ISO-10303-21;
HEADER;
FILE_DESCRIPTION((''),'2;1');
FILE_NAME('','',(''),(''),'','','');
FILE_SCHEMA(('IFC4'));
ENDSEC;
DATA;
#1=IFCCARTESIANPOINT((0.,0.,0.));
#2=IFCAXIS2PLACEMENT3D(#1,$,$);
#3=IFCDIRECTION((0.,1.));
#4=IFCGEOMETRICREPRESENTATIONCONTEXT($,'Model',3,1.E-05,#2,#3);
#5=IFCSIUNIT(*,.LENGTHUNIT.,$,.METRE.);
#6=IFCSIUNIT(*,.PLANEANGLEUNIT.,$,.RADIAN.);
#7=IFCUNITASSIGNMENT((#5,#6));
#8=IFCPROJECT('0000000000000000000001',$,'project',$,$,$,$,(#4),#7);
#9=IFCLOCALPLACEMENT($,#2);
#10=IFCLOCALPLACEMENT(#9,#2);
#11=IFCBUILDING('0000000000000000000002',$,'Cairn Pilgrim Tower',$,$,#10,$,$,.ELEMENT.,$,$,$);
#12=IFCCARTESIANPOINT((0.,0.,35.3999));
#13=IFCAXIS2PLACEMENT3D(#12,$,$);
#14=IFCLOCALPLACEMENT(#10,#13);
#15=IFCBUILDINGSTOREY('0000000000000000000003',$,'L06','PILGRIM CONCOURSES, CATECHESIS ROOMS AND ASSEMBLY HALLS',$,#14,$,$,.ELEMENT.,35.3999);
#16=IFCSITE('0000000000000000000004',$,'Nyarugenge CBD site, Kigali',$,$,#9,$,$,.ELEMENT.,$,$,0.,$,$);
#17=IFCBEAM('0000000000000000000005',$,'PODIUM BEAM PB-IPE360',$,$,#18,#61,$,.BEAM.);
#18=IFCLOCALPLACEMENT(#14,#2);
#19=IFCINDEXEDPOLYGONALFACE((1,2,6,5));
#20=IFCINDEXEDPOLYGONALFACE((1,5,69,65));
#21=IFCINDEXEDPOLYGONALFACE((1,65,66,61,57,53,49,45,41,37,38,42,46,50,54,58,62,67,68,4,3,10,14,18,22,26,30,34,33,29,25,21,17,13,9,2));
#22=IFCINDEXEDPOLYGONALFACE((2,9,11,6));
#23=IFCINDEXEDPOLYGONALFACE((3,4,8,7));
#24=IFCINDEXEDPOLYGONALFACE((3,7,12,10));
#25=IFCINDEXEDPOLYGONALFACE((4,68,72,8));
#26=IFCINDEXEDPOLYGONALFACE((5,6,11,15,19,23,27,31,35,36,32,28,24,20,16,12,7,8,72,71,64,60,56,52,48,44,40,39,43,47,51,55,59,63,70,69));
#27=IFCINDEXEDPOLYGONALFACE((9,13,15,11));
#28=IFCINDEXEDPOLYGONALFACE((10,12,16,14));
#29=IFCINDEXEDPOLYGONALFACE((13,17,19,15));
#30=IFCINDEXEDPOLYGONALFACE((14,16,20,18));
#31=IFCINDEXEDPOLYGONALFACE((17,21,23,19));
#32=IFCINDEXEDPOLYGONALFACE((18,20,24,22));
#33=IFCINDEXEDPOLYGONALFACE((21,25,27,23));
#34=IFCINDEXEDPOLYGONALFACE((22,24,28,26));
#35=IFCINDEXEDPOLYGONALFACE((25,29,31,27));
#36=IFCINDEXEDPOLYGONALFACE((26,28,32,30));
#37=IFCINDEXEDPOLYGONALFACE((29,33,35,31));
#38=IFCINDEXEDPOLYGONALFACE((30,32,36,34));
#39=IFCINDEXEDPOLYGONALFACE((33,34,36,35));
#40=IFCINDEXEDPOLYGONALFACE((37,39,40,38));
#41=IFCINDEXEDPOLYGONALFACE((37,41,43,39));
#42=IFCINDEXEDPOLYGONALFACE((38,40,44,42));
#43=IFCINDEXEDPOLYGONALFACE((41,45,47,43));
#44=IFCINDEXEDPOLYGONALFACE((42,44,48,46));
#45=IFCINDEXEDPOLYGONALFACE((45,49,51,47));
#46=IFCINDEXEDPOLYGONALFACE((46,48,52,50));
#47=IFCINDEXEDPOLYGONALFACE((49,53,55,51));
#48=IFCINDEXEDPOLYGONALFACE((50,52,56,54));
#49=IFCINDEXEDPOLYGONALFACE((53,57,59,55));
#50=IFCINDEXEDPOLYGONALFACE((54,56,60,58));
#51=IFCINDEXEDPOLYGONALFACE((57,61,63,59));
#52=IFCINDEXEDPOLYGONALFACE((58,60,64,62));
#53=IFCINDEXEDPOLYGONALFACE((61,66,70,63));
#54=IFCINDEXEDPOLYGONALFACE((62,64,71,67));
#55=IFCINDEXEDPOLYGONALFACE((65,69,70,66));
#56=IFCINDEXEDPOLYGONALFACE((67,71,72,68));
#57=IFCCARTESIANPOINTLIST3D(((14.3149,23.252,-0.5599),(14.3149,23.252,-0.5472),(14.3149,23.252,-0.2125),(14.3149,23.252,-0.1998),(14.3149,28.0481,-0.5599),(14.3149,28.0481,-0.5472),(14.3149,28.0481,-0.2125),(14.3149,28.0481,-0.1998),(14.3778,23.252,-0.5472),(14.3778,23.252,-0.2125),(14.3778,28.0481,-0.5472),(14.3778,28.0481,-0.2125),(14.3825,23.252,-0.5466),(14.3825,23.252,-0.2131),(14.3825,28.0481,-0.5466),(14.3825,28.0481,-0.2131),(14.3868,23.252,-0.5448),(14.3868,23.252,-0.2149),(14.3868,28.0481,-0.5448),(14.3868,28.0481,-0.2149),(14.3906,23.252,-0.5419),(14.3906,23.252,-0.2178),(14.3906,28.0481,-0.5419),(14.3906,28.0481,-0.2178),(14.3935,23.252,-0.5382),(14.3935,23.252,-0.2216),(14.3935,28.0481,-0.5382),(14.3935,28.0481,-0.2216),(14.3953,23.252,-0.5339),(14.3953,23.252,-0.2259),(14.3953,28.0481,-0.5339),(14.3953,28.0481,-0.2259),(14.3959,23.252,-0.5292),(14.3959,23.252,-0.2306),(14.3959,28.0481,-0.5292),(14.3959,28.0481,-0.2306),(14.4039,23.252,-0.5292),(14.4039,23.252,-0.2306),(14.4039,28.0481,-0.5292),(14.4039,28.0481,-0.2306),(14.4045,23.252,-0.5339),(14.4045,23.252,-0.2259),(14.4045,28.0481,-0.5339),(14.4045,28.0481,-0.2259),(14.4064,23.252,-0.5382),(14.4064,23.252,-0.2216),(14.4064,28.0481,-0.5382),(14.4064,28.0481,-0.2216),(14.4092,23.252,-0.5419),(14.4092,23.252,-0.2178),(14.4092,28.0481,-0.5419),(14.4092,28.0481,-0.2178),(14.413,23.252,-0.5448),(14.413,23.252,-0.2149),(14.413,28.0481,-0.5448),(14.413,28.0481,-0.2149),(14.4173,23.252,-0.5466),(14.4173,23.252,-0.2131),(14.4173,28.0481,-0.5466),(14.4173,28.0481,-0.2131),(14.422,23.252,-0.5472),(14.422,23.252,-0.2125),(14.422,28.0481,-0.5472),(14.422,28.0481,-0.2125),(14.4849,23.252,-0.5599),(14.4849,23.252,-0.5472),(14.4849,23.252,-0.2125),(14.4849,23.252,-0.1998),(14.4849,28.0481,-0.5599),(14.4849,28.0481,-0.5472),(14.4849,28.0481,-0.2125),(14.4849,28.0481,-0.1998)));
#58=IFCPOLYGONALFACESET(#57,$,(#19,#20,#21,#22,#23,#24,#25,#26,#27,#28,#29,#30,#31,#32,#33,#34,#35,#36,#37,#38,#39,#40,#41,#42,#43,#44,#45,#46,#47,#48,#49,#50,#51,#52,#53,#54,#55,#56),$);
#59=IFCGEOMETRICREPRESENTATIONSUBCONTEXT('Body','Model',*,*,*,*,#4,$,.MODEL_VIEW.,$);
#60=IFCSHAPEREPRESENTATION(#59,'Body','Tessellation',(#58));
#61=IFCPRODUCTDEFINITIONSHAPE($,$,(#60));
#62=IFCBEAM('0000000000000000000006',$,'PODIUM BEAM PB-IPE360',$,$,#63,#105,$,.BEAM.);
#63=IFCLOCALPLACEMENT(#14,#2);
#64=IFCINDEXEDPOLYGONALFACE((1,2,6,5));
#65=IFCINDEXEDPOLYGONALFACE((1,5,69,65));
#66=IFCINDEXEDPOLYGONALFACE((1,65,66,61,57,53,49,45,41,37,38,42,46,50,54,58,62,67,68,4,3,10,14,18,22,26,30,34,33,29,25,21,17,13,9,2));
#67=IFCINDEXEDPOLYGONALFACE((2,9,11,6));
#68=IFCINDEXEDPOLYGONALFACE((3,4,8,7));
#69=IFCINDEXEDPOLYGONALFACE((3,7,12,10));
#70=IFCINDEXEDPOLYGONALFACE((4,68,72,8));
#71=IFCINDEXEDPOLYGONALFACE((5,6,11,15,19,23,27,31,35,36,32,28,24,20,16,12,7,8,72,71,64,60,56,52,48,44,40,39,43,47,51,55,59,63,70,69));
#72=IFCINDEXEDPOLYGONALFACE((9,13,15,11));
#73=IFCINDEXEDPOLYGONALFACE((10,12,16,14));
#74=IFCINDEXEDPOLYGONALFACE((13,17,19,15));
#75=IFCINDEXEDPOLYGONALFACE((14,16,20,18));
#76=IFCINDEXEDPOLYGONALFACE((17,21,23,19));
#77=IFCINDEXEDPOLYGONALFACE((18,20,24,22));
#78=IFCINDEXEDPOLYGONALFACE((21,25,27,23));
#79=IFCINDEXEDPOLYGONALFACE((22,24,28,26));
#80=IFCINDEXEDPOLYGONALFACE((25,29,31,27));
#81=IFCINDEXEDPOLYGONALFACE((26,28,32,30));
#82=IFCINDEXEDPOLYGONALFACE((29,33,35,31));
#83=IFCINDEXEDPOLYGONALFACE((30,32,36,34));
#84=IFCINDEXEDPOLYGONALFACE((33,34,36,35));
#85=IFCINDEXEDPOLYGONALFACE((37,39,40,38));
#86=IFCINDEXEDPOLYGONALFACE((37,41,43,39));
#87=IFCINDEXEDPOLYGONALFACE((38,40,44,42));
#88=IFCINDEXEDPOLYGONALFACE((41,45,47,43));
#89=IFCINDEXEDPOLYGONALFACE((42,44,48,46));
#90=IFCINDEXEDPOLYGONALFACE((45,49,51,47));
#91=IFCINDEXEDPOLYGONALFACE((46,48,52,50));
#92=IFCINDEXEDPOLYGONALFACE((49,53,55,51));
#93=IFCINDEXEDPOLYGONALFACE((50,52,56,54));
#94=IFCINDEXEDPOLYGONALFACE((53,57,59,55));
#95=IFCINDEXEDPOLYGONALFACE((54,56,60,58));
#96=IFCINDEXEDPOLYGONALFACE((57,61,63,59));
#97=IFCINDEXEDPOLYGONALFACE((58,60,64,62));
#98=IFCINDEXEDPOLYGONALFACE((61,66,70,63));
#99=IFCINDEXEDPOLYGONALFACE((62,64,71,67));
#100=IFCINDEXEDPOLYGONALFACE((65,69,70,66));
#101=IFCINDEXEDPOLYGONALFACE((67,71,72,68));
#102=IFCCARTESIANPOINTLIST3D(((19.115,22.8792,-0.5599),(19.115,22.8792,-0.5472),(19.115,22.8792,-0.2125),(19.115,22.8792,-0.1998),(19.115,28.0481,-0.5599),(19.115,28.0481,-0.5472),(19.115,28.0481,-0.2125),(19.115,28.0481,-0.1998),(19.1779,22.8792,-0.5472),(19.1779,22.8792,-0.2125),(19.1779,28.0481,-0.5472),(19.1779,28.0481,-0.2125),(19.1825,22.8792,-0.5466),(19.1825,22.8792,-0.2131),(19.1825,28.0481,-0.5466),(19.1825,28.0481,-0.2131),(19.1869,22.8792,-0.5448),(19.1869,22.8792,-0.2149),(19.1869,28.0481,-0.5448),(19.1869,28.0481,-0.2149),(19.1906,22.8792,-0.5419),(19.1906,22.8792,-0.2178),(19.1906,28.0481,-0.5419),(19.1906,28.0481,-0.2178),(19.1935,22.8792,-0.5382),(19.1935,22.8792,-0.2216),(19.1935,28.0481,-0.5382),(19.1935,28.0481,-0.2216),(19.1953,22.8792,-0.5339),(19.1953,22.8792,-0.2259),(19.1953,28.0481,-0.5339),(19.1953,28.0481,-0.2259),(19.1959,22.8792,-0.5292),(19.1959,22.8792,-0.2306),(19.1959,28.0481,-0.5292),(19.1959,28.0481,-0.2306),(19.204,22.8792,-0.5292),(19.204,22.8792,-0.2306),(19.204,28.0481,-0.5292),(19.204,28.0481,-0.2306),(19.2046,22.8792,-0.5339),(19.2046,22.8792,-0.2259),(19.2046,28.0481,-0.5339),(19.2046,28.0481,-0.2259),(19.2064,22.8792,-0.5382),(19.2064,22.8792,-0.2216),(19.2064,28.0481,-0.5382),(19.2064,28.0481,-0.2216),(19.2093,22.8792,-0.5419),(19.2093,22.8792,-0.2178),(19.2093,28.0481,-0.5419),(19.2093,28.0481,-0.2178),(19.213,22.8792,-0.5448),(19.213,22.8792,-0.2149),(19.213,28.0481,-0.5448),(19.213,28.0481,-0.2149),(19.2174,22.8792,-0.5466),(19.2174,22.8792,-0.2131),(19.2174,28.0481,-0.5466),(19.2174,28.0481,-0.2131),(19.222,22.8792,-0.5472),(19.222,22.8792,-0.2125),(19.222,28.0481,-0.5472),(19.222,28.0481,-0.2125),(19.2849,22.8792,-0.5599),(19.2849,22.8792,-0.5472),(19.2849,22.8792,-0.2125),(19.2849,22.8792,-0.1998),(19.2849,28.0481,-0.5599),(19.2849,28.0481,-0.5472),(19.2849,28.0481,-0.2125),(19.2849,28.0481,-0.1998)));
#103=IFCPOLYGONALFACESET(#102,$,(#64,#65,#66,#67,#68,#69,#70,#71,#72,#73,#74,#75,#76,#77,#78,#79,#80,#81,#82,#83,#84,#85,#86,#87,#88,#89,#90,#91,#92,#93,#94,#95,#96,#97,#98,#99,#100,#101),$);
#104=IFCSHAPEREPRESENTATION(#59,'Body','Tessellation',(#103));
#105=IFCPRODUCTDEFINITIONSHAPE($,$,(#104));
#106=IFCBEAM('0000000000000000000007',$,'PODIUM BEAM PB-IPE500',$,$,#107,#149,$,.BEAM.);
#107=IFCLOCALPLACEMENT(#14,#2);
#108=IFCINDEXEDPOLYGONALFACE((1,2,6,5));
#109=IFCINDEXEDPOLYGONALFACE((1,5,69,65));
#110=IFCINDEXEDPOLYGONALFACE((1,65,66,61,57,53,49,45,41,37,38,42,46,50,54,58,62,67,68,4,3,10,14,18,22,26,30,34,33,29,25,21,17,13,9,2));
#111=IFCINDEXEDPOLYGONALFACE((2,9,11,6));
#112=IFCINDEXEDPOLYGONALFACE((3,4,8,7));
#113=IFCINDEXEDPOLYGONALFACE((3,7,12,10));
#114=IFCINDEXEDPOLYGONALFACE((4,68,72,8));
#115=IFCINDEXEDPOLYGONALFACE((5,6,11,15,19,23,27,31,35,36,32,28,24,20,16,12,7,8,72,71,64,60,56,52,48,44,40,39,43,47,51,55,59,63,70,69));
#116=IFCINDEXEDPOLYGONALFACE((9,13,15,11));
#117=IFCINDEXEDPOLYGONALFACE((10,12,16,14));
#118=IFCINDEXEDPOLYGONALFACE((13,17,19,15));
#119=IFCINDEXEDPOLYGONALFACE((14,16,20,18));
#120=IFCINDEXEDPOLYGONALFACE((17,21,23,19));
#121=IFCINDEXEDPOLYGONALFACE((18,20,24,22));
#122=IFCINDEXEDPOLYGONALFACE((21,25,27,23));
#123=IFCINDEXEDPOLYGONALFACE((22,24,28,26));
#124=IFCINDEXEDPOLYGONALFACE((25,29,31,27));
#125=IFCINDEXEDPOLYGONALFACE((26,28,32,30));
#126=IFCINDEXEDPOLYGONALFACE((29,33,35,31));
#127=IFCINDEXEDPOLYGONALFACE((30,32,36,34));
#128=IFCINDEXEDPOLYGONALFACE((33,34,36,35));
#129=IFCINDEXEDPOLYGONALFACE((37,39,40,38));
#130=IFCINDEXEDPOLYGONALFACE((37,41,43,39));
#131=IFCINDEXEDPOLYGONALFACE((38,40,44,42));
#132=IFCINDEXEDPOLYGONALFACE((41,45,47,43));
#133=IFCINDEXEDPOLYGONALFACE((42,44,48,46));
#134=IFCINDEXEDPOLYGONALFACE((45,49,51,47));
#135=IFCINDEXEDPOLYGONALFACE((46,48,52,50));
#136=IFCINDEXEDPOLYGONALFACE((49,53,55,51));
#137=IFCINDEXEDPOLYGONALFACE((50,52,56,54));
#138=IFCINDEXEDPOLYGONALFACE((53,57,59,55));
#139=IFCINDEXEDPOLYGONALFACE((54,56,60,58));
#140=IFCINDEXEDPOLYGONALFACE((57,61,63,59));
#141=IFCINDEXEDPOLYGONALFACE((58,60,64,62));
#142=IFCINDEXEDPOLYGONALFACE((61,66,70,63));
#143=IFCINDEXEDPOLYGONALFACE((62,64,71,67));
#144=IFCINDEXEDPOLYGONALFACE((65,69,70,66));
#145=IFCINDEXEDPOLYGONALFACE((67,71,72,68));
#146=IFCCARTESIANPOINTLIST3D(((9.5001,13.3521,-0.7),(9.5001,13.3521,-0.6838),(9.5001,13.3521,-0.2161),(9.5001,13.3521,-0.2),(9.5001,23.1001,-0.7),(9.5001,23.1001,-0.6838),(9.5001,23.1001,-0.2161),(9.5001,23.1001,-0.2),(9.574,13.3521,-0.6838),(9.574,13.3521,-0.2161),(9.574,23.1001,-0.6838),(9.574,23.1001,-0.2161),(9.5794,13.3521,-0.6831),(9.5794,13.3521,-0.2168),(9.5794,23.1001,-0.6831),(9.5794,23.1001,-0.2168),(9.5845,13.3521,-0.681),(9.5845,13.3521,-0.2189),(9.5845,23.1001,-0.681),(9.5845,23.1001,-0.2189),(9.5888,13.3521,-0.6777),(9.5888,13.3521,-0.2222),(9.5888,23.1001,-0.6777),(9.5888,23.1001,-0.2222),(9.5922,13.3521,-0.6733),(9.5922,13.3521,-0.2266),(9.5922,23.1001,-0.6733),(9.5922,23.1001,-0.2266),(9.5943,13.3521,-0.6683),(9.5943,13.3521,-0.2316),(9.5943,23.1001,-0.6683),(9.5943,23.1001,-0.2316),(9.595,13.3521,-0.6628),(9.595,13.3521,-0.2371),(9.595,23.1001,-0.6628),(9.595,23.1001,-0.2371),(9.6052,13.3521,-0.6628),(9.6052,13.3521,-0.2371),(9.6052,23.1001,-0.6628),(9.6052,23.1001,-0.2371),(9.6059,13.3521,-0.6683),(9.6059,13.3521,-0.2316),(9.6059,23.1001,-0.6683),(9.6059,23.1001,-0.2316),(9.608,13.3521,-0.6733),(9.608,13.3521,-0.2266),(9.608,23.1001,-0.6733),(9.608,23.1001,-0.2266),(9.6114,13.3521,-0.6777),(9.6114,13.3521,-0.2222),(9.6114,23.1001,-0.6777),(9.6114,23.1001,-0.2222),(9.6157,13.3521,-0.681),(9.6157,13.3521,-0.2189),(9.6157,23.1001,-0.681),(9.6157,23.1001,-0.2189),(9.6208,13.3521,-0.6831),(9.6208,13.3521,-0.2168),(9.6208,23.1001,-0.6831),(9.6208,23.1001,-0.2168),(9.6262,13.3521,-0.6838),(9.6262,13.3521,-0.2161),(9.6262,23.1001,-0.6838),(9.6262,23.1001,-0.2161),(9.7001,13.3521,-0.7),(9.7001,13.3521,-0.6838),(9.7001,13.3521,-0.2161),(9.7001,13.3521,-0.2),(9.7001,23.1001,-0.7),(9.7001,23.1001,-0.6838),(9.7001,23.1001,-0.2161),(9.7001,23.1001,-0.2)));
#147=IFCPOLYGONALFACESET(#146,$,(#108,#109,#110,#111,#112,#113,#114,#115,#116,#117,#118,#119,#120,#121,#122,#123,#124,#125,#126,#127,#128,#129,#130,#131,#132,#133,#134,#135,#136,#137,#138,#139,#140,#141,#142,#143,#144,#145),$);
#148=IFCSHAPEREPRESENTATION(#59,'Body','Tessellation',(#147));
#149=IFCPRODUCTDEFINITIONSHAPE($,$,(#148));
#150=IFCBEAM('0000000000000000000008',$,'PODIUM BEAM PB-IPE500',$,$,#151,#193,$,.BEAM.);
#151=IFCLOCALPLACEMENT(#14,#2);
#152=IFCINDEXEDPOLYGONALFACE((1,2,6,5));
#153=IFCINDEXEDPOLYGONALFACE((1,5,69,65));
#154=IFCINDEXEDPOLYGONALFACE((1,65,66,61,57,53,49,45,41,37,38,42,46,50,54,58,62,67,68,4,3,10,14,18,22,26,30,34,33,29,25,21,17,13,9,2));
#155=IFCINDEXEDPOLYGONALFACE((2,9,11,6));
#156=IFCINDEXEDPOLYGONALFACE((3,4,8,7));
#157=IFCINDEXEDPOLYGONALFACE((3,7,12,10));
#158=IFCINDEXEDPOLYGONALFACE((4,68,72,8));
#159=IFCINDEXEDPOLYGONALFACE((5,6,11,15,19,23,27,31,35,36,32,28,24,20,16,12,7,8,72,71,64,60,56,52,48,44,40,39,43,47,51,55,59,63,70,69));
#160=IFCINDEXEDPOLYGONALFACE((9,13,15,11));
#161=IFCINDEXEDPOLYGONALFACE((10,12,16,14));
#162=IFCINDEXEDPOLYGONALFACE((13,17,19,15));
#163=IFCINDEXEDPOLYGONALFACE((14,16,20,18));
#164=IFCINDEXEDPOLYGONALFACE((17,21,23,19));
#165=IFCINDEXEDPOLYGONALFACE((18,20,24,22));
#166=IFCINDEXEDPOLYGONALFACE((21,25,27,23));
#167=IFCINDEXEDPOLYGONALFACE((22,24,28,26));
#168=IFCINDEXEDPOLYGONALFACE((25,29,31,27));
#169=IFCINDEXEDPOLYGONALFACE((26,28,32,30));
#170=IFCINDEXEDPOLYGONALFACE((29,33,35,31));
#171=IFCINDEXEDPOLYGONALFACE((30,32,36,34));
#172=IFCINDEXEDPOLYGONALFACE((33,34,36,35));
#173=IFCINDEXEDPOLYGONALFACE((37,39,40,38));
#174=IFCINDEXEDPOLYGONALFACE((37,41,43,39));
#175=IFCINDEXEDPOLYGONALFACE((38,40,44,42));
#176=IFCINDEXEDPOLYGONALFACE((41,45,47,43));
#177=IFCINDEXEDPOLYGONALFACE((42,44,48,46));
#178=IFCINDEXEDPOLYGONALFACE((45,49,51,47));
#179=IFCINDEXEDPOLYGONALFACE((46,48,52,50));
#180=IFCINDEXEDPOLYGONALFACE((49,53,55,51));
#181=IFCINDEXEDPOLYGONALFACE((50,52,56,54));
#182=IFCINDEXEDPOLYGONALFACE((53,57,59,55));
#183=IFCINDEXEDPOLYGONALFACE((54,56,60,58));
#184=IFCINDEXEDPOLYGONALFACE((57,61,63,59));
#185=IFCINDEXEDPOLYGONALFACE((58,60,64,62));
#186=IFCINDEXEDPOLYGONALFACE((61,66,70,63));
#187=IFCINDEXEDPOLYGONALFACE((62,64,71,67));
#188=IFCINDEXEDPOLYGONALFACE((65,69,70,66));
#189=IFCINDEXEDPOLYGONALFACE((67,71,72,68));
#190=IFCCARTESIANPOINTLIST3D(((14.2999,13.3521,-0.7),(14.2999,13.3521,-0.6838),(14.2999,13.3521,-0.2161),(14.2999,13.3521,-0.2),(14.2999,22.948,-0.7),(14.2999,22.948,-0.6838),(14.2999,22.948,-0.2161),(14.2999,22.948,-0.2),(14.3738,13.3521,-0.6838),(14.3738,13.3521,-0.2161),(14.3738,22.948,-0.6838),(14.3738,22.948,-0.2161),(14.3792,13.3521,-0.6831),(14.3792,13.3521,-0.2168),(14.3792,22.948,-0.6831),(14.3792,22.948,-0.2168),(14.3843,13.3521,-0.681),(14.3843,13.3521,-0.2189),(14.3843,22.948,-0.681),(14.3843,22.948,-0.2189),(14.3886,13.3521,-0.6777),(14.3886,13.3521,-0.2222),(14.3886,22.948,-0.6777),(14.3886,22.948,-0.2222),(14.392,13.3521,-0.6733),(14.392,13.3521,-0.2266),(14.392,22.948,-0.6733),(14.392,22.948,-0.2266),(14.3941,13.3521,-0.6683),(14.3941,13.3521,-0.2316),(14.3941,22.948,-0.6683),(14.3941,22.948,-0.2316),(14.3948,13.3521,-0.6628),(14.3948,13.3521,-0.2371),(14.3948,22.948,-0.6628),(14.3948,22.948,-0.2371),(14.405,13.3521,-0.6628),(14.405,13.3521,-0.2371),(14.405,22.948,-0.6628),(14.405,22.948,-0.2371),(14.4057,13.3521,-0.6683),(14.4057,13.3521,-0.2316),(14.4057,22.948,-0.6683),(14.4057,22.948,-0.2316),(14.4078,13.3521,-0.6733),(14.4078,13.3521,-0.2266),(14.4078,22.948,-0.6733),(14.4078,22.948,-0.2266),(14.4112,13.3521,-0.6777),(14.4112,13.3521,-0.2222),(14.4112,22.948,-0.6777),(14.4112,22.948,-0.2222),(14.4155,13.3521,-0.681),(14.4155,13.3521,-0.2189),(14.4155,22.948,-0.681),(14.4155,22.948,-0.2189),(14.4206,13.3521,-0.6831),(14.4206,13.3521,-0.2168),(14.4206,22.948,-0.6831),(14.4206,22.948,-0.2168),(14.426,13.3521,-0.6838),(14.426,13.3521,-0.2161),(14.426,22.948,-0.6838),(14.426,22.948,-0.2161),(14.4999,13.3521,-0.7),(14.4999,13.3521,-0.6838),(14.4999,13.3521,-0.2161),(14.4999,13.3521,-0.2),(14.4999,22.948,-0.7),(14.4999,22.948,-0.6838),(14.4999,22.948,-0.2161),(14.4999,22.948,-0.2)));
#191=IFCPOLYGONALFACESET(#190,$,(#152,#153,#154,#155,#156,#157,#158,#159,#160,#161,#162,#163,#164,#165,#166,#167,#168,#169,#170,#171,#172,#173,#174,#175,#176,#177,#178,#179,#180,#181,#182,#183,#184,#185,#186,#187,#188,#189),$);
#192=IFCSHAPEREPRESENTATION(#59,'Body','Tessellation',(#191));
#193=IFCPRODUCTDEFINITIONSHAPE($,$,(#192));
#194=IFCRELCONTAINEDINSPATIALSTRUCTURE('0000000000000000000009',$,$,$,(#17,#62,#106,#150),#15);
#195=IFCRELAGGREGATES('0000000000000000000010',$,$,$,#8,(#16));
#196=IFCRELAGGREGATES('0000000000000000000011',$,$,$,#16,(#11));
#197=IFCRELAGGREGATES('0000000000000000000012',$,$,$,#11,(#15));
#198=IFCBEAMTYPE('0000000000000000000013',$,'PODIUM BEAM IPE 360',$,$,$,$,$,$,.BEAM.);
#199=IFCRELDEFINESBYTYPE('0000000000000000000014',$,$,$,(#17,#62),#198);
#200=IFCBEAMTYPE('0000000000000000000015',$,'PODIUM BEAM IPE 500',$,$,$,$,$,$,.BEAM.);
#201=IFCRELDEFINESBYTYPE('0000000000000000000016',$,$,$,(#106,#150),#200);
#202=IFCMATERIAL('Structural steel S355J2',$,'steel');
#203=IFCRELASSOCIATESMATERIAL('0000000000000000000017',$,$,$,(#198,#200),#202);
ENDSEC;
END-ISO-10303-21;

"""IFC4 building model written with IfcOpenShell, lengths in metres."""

from ifc_helpers import new_model, si_unit, direction, frame, origin, origin_2d, place, context, subcontext, project, spatial, i_section, extrude, material, material_profile, profile_set, type_object, element, save


model = new_model("IFC4")

# Units and contexts
model_context = context("Model", 3, precision=1e-05, world=origin(), true_north=direction((0.0, 1.0)))
body_context = subcontext(model_context, "Body", "Model", "MODEL_VIEW")
ifc_project = project(units=[si_unit("LENGTHUNIT", "METRE"), si_unit("PLANEANGLEUNIT", "RADIAN")], contexts=[model_context])

# Site, building, storey
site_placement = place(None, origin())
site = spatial("IfcSite", under=ifc_project, at=site_placement, Name="Nyarugenge CBD site, Kigali", CompositionType="ELEMENT", RefElevation=0.0)
building_placement = place(site_placement, origin())
building = spatial("IfcBuilding", under=site, at=building_placement, Name="Cairn Pilgrim Tower", CompositionType="ELEMENT")
storey_placement = place(building_placement, frame((0.0, 0.0, 35.3999)))
storey = spatial("IfcBuildingStorey", under=building, at=storey_placement, Name="L06", Description="PILGRIM CONCOURSES, CATECHESIS ROOMS AND ASSEMBLY HALLS", CompositionType="ELEMENT", Elevation=35.3999)

# Beams
ifc_material_1 = material(Name="Structural steel S355J2", Category="steel")
ifc_material_profile_1 = material_profile(ifc_material_1, i_section(OverallWidth=0.1699, OverallDepth=0.3601, WebThickness=0.0081, FlangeThickness=0.0127, FilletRadius=0.0181, at=origin_2d()), Name="IPE 360")
ifc_profile_set_1 = profile_set([ifc_material_profile_1], Name="Structural steel S355J2")
beam_type_1 = type_object("IfcBeamType", Name="PODIUM BEAM IPE 360", PredefinedType="BEAM", material=ifc_profile_set_1)
beam_1_placement = place(storey_placement, frame((14.3999, 23.252, -0.3799), z_axis=(0.0, 1.0, 0.0), x_axis=(-1.0, 0.0, 0.0)))
element("IfcBeam", 1, at=beam_1_placement, inside=storey, type_object=beam_type_1, Name="PODIUM BEAM PB-IPE360", PredefinedType="BEAM", context=body_context, shape_type="SweptSolid", body=[
    extrude(i_section(OverallWidth=0.1699, OverallDepth=0.3601, WebThickness=0.0081, FlangeThickness=0.0127, FilletRadius=0.0181, at=origin_2d()), origin(), (0.0, 0.0, 1.0), 4.7961),
])
beam_2_placement = place(storey_placement, frame((19.2, 22.8792, -0.3799), z_axis=(0.0, 1.0, 0.0), x_axis=(-1.0, 0.0, 0.0)))
element("IfcBeam", 2, at=beam_2_placement, inside=storey, type_object=beam_type_1, Name="PODIUM BEAM PB-IPE360", PredefinedType="BEAM", context=body_context, shape_type="SweptSolid", body=[
    extrude(i_section(OverallWidth=0.1699, OverallDepth=0.3601, WebThickness=0.0081, FlangeThickness=0.0127, FilletRadius=0.0181, at=origin_2d()), origin(), (0.0, 0.0, 1.0), 5.1689),
])
ifc_material_profile_2 = material_profile(ifc_material_1, i_section(OverallWidth=0.2, OverallDepth=0.5, WebThickness=0.0103, FlangeThickness=0.0161, FilletRadius=0.021, at=origin_2d()), Name="IPE 500")
ifc_profile_set_2 = profile_set([ifc_material_profile_2], Name="Structural steel S355J2")
beam_type_2 = type_object("IfcBeamType", Name="PODIUM BEAM IPE 500", PredefinedType="BEAM", material=ifc_profile_set_2)
beam_3_placement = place(storey_placement, frame((9.6001, 13.3521, -0.45), z_axis=(0.0, 1.0, 0.0), x_axis=(-1.0, 0.0, 0.0)))
element("IfcBeam", 3, at=beam_3_placement, inside=storey, type_object=beam_type_2, Name="PODIUM BEAM PB-IPE500", PredefinedType="BEAM", context=body_context, shape_type="SweptSolid", body=[
    extrude(i_section(OverallWidth=0.2, OverallDepth=0.5, WebThickness=0.0103, FlangeThickness=0.0161, FilletRadius=0.021, at=origin_2d()), origin(), (0.0, 0.0, 1.0), 9.748),
])
beam_4_placement = place(storey_placement, frame((14.3999, 13.3521, -0.45), z_axis=(0.0, 1.0, 0.0), x_axis=(-1.0, 0.0, 0.0)))
element("IfcBeam", 4, at=beam_4_placement, inside=storey, type_object=beam_type_2, Name="PODIUM BEAM PB-IPE500", PredefinedType="BEAM", context=body_context, shape_type="SweptSolid", body=[
    extrude(i_section(OverallWidth=0.2, OverallDepth=0.5, WebThickness=0.0103, FlangeThickness=0.0161, FilletRadius=0.021, at=origin_2d()), origin(), (0.0, 0.0, 1.0), 9.5959),
])

save(model, "model.ifc")
